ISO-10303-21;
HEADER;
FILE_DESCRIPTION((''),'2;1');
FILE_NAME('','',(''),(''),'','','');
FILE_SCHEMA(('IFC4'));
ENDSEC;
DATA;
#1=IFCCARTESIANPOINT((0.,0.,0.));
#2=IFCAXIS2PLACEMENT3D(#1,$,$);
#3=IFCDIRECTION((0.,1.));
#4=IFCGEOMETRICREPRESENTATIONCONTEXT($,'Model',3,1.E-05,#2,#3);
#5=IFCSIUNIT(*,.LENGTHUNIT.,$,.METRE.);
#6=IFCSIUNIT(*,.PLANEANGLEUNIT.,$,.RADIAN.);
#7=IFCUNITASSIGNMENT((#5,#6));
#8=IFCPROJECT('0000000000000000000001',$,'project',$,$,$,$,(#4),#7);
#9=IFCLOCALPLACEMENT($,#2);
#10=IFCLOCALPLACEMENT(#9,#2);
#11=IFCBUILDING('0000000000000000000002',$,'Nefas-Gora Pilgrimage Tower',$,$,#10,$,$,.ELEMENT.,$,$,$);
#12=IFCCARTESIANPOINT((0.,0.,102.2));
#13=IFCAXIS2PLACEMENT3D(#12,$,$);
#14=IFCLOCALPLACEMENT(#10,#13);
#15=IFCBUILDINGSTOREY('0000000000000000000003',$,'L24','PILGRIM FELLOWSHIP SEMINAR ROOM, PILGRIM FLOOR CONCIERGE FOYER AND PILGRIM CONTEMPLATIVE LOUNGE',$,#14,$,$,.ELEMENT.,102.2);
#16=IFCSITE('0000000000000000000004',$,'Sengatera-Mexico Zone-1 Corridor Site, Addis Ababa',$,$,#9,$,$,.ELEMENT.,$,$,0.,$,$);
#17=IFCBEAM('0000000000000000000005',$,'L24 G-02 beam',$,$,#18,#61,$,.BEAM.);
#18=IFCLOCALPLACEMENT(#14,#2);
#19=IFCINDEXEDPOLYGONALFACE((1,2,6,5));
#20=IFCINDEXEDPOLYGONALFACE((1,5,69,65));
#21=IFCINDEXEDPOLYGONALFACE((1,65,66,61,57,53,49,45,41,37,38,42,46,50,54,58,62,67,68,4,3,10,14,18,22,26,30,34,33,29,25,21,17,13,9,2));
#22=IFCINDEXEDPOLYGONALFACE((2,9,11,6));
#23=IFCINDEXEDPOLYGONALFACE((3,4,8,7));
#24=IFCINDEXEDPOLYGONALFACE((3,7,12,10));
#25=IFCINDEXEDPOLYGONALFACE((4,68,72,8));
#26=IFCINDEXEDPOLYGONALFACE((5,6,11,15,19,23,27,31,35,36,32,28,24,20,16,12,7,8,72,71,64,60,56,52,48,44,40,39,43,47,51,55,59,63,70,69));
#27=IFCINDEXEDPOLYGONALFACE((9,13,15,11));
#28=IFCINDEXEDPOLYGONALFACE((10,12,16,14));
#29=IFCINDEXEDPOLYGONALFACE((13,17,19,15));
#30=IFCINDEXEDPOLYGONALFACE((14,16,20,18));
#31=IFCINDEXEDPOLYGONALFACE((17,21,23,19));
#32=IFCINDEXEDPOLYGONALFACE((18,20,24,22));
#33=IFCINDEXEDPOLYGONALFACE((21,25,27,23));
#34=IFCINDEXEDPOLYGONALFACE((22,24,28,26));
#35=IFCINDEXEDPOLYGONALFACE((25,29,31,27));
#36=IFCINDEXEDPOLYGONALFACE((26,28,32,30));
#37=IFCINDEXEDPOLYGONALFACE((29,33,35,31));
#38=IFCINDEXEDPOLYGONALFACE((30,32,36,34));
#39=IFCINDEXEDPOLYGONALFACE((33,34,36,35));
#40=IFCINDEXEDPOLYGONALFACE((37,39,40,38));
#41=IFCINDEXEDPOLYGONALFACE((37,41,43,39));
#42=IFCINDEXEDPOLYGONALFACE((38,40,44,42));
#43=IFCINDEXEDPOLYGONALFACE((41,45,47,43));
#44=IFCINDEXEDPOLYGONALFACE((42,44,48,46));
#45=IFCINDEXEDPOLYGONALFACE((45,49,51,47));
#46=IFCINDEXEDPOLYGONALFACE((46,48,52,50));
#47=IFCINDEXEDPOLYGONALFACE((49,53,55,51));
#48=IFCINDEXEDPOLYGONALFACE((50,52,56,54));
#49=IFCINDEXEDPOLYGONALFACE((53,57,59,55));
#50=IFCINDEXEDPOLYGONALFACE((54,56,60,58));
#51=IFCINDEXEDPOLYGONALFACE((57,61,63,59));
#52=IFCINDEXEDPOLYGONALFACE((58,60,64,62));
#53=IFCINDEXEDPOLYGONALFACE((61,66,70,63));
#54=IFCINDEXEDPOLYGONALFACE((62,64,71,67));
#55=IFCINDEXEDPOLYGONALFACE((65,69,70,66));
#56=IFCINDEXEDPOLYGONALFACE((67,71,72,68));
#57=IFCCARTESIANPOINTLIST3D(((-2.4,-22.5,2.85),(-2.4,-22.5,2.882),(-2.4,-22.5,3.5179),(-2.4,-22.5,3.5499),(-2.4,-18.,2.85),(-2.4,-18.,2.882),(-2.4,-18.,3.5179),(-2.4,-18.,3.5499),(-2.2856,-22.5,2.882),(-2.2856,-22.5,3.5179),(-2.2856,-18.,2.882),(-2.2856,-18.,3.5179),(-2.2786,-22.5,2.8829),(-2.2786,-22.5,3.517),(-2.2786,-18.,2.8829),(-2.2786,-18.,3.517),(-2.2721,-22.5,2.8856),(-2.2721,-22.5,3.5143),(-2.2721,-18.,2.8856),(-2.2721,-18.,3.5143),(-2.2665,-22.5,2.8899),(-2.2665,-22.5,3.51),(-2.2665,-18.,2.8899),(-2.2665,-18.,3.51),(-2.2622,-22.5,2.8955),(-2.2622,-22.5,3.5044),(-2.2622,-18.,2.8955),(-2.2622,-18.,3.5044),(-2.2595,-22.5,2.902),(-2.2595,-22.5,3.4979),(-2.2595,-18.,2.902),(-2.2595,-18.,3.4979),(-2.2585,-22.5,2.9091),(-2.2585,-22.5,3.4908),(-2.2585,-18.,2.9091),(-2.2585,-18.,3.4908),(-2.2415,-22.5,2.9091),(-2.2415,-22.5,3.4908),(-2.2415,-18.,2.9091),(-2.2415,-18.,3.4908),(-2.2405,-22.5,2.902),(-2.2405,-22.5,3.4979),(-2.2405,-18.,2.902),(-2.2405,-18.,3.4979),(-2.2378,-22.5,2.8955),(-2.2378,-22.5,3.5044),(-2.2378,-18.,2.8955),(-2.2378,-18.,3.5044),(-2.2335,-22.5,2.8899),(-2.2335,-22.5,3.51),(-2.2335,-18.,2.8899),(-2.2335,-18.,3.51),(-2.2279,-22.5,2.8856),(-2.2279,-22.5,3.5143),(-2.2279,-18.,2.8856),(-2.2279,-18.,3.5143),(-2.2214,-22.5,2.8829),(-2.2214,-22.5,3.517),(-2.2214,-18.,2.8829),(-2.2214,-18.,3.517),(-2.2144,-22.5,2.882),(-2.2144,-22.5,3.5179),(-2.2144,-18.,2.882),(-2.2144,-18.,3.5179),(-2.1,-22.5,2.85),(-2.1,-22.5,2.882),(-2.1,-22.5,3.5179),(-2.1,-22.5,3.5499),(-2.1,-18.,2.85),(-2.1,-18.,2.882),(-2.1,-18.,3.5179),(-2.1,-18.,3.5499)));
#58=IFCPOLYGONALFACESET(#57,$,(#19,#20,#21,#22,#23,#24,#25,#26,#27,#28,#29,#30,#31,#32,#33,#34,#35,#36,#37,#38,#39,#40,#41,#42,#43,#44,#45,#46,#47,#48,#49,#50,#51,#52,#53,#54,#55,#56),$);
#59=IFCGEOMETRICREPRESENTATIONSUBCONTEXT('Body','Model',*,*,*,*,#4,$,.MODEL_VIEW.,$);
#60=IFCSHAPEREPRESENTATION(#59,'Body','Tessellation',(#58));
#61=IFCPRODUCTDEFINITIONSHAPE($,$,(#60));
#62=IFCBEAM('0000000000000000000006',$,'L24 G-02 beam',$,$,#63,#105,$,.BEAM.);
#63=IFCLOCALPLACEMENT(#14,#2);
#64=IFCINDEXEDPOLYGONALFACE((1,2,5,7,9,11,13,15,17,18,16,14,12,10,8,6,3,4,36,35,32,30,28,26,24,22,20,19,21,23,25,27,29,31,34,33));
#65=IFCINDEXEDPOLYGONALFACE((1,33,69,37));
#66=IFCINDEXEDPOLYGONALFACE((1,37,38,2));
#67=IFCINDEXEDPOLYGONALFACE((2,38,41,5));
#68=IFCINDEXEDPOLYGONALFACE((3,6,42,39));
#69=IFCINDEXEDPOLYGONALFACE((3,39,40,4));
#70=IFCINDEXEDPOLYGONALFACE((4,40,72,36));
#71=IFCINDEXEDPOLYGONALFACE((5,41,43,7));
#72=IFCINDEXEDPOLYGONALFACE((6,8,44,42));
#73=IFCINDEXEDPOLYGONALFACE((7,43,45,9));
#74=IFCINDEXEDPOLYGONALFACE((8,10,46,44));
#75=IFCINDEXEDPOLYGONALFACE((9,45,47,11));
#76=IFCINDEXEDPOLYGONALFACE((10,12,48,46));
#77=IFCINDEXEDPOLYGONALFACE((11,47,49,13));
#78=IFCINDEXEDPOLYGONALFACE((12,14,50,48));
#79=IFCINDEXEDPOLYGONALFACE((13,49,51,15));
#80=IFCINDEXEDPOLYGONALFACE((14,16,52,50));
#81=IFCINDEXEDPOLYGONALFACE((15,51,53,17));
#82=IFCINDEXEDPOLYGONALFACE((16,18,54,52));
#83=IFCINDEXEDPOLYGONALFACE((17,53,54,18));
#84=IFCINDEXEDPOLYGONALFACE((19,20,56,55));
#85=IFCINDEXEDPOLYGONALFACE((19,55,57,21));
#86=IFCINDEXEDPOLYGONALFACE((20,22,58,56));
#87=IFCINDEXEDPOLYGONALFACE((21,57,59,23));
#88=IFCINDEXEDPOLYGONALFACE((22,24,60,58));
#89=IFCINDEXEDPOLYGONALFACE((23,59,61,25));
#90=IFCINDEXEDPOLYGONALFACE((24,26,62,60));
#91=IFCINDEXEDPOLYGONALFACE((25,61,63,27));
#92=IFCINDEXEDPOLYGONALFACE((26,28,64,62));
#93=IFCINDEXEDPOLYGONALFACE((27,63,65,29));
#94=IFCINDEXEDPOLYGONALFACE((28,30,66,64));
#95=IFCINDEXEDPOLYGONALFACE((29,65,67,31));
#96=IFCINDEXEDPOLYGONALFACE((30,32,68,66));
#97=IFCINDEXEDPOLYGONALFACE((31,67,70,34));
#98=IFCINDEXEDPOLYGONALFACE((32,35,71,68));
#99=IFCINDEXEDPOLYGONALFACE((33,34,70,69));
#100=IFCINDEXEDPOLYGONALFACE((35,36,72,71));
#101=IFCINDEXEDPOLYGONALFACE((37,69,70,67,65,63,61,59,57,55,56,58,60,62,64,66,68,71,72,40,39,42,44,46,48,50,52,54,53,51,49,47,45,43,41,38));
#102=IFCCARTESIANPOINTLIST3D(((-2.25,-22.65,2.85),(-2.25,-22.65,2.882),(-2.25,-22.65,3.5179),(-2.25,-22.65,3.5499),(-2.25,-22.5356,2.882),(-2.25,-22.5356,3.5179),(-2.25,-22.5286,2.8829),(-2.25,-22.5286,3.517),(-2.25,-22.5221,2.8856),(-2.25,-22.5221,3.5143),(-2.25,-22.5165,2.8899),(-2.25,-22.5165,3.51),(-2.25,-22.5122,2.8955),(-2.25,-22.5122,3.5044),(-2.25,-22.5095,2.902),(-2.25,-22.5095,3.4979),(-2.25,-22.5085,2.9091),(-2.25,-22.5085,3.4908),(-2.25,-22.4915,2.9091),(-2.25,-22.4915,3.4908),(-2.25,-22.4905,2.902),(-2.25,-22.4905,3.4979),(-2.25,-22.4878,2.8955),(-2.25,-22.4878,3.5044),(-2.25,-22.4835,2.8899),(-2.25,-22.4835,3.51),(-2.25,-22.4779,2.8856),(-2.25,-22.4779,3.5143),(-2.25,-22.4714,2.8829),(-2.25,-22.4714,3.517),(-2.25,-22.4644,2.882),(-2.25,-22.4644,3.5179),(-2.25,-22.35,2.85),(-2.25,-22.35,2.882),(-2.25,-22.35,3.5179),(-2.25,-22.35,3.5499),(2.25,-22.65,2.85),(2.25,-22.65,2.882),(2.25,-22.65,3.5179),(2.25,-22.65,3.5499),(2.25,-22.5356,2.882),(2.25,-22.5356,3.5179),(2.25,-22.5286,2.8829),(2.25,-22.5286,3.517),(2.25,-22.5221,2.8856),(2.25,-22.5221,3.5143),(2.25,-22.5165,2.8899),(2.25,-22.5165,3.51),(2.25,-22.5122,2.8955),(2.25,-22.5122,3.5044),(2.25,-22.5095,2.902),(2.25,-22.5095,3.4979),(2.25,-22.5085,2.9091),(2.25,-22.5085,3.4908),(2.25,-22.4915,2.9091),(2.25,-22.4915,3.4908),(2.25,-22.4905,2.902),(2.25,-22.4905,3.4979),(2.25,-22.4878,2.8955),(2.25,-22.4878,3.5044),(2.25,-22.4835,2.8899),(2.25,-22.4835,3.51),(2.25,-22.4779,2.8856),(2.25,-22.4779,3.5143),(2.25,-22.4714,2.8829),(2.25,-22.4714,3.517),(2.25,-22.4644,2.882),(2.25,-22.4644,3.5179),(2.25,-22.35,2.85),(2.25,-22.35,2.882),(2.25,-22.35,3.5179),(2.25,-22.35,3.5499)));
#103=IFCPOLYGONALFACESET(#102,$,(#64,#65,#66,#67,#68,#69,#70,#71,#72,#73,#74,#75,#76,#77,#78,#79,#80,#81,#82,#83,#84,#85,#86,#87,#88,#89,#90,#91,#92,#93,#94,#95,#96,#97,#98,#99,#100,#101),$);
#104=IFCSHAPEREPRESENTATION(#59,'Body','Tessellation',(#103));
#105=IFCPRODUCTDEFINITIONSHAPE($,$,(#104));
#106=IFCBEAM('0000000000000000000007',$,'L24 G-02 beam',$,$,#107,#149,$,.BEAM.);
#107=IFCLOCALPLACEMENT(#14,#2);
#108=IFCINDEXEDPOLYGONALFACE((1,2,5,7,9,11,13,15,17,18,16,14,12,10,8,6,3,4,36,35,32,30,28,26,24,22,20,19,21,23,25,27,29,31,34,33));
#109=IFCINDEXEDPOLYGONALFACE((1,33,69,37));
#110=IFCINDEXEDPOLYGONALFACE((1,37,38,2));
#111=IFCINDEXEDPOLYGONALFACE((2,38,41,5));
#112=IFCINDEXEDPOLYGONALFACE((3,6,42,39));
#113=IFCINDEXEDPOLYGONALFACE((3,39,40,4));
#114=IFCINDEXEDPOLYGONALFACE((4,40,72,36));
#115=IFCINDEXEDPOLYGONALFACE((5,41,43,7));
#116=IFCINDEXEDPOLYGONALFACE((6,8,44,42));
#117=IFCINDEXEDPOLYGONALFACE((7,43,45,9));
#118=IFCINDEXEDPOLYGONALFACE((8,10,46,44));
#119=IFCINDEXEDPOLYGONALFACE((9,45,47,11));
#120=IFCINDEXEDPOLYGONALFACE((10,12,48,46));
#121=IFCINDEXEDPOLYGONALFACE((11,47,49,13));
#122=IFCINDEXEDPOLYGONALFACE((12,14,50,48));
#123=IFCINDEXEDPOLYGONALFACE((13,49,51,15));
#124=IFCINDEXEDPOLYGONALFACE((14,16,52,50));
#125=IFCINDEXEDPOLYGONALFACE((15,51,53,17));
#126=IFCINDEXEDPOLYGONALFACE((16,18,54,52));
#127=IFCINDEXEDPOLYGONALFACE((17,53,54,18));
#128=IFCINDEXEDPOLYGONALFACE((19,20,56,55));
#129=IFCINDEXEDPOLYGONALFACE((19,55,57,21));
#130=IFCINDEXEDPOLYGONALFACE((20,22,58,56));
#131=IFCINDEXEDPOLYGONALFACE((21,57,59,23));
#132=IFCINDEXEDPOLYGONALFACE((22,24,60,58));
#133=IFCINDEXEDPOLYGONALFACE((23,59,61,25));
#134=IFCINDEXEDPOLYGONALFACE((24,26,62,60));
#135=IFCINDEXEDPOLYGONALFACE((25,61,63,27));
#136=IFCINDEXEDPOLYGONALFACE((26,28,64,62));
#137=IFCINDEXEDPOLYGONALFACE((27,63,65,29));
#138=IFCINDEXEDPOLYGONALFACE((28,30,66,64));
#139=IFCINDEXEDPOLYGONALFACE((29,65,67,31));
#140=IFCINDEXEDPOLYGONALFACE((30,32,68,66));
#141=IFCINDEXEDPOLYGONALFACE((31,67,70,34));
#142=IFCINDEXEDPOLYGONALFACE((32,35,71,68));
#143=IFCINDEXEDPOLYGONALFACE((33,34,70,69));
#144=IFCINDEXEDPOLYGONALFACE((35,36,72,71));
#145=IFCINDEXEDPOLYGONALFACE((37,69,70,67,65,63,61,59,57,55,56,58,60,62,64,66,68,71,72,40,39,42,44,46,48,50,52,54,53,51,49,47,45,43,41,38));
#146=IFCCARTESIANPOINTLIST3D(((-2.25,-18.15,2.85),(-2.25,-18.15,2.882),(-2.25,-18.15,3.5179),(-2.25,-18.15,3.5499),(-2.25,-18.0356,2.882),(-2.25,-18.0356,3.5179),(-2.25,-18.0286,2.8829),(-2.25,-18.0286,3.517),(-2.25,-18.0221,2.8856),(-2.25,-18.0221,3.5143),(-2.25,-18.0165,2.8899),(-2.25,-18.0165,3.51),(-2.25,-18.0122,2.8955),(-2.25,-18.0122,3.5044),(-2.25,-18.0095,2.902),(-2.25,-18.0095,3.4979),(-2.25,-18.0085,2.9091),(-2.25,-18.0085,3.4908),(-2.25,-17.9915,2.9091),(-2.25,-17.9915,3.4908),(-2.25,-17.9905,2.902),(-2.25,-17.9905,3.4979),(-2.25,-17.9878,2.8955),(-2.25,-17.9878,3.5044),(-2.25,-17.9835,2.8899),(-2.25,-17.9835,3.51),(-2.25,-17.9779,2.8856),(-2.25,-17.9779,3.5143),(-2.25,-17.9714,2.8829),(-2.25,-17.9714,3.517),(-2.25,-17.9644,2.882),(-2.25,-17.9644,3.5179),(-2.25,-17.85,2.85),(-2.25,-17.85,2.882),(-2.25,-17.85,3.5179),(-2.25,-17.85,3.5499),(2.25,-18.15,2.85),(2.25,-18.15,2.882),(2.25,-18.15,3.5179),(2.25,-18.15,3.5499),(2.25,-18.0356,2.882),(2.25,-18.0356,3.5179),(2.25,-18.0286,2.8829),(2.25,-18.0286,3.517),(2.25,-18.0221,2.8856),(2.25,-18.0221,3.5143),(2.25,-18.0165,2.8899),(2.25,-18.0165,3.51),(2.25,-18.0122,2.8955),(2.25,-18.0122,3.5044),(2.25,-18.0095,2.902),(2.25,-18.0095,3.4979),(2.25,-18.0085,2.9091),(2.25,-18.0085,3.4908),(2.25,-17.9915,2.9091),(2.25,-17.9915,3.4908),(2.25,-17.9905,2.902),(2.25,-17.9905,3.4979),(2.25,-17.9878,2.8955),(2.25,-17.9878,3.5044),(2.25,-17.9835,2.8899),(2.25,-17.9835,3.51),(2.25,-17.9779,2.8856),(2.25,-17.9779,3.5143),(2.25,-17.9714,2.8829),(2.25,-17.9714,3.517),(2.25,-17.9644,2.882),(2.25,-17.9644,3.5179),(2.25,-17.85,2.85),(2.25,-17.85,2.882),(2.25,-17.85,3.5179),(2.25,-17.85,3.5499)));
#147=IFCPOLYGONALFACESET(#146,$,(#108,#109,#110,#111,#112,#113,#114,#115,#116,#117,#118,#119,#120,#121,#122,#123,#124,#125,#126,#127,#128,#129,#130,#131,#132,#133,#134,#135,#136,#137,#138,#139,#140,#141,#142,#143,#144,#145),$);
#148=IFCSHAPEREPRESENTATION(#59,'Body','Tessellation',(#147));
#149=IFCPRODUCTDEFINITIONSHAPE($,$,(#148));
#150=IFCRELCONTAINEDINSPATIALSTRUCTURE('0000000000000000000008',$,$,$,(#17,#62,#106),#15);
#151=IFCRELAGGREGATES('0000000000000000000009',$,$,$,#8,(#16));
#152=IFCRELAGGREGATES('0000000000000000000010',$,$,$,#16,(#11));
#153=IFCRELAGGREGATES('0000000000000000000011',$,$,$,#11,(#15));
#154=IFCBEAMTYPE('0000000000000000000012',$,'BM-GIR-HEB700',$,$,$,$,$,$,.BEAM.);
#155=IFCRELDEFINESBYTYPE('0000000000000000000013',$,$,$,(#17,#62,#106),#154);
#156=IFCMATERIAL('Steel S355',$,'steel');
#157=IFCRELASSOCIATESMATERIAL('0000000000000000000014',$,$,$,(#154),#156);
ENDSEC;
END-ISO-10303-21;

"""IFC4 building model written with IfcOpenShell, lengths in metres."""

from ifc_helpers import new_model, si_unit, direction, frame, origin, origin_2d, place, context, subcontext, project, spatial, i_section, extrude, source, transform, mapped, material, material_profile, profile_set, type_object, element, save


model = new_model("IFC4")

# Units and contexts
model_context = context("Model", 3, precision=1e-05, world=origin(), true_north=direction((0.0, 1.0)))
body_context = subcontext(model_context, "Body", "Model", "MODEL_VIEW")
ifc_project = project(units=[si_unit("LENGTHUNIT", "METRE"), si_unit("PLANEANGLEUNIT", "RADIAN")], contexts=[model_context])

# Site, building, storey
site_placement = place(None, origin())
site = spatial("IfcSite", under=ifc_project, at=site_placement, Name="Sengatera-Mexico Zone-1 Corridor Site, Addis Ababa", CompositionType="ELEMENT", RefElevation=0.0)
building_placement = place(site_placement, origin())
building = spatial("IfcBuilding", under=site, at=building_placement, Name="Nefas-Gora Pilgrimage Tower", CompositionType="ELEMENT")
storey_placement = place(building_placement, frame((0.0, 0.0, 102.2)))
storey = spatial("IfcBuildingStorey", under=building, at=storey_placement, Name="L24", Description="PILGRIM FELLOWSHIP SEMINAR ROOM, PILGRIM FLOOR CONCIERGE FOYER AND PILGRIM CONTEMPLATIVE LOUNGE", CompositionType="ELEMENT", Elevation=102.2)

# Beams
ifc_material_1 = material(Name="Steel S355", Category="steel")
ifc_material_profile_1 = material_profile(ifc_material_1, i_section(OverallWidth=0.3, OverallDepth=0.7, WebThickness=0.0171, FlangeThickness=0.032, FilletRadius=0.0271, at=origin_2d()), Name="HEB 700")
ifc_profile_set_1 = profile_set([ifc_material_profile_1], Name="Steel S355")
beam_type = type_object("IfcBeamType", Name="BM-GIR-HEB700", PredefinedType="BEAM", material=ifc_profile_set_1)
shared_shape_1 = source(origin(), body_context, "Body", "SweptSolid", [
    extrude(i_section(OverallWidth=0.3, OverallDepth=0.7, WebThickness=0.0171, FlangeThickness=0.032, FilletRadius=0.0271, at=origin_2d()), origin(), (0.0, 0.0, 1.0), 4.5),
])
for number, where, z_axis, x_axis, name in (
    (1, (-2.25, -22.5, 3.2), (0.0, 1.0, 0.0), (-1.0, 0.0, 0.0), "L24 G-02 beam"),
    (2, (-2.25, -22.5, 3.2), (1.0, 0.0, 0.0), (0.0, 1.0, 0.0), "L24 G-02 beam"),
    (3, (-2.25, -18.0, 3.2), (1.0, 0.0, 0.0), (0.0, 1.0, 0.0), "L24 G-02 beam"),
):
    element("IfcBeam", number, at=place(storey_placement, frame(where, z_axis=z_axis, x_axis=x_axis)), inside=storey, type_object=beam_type, Name=name, PredefinedType="BEAM", context=body_context, shape_type="MappedRepresentation", body=[
        mapped(shared_shape_1, transform((0.0, 0.0, 0.0), x_axis=(1.0, 0.0, 0.0), y_axis=(0.0, 1.0, 0.0), z_axis=(0.0, 0.0, 1.0), scale=1.0)),
    ])

save(model, "model.ifc")
